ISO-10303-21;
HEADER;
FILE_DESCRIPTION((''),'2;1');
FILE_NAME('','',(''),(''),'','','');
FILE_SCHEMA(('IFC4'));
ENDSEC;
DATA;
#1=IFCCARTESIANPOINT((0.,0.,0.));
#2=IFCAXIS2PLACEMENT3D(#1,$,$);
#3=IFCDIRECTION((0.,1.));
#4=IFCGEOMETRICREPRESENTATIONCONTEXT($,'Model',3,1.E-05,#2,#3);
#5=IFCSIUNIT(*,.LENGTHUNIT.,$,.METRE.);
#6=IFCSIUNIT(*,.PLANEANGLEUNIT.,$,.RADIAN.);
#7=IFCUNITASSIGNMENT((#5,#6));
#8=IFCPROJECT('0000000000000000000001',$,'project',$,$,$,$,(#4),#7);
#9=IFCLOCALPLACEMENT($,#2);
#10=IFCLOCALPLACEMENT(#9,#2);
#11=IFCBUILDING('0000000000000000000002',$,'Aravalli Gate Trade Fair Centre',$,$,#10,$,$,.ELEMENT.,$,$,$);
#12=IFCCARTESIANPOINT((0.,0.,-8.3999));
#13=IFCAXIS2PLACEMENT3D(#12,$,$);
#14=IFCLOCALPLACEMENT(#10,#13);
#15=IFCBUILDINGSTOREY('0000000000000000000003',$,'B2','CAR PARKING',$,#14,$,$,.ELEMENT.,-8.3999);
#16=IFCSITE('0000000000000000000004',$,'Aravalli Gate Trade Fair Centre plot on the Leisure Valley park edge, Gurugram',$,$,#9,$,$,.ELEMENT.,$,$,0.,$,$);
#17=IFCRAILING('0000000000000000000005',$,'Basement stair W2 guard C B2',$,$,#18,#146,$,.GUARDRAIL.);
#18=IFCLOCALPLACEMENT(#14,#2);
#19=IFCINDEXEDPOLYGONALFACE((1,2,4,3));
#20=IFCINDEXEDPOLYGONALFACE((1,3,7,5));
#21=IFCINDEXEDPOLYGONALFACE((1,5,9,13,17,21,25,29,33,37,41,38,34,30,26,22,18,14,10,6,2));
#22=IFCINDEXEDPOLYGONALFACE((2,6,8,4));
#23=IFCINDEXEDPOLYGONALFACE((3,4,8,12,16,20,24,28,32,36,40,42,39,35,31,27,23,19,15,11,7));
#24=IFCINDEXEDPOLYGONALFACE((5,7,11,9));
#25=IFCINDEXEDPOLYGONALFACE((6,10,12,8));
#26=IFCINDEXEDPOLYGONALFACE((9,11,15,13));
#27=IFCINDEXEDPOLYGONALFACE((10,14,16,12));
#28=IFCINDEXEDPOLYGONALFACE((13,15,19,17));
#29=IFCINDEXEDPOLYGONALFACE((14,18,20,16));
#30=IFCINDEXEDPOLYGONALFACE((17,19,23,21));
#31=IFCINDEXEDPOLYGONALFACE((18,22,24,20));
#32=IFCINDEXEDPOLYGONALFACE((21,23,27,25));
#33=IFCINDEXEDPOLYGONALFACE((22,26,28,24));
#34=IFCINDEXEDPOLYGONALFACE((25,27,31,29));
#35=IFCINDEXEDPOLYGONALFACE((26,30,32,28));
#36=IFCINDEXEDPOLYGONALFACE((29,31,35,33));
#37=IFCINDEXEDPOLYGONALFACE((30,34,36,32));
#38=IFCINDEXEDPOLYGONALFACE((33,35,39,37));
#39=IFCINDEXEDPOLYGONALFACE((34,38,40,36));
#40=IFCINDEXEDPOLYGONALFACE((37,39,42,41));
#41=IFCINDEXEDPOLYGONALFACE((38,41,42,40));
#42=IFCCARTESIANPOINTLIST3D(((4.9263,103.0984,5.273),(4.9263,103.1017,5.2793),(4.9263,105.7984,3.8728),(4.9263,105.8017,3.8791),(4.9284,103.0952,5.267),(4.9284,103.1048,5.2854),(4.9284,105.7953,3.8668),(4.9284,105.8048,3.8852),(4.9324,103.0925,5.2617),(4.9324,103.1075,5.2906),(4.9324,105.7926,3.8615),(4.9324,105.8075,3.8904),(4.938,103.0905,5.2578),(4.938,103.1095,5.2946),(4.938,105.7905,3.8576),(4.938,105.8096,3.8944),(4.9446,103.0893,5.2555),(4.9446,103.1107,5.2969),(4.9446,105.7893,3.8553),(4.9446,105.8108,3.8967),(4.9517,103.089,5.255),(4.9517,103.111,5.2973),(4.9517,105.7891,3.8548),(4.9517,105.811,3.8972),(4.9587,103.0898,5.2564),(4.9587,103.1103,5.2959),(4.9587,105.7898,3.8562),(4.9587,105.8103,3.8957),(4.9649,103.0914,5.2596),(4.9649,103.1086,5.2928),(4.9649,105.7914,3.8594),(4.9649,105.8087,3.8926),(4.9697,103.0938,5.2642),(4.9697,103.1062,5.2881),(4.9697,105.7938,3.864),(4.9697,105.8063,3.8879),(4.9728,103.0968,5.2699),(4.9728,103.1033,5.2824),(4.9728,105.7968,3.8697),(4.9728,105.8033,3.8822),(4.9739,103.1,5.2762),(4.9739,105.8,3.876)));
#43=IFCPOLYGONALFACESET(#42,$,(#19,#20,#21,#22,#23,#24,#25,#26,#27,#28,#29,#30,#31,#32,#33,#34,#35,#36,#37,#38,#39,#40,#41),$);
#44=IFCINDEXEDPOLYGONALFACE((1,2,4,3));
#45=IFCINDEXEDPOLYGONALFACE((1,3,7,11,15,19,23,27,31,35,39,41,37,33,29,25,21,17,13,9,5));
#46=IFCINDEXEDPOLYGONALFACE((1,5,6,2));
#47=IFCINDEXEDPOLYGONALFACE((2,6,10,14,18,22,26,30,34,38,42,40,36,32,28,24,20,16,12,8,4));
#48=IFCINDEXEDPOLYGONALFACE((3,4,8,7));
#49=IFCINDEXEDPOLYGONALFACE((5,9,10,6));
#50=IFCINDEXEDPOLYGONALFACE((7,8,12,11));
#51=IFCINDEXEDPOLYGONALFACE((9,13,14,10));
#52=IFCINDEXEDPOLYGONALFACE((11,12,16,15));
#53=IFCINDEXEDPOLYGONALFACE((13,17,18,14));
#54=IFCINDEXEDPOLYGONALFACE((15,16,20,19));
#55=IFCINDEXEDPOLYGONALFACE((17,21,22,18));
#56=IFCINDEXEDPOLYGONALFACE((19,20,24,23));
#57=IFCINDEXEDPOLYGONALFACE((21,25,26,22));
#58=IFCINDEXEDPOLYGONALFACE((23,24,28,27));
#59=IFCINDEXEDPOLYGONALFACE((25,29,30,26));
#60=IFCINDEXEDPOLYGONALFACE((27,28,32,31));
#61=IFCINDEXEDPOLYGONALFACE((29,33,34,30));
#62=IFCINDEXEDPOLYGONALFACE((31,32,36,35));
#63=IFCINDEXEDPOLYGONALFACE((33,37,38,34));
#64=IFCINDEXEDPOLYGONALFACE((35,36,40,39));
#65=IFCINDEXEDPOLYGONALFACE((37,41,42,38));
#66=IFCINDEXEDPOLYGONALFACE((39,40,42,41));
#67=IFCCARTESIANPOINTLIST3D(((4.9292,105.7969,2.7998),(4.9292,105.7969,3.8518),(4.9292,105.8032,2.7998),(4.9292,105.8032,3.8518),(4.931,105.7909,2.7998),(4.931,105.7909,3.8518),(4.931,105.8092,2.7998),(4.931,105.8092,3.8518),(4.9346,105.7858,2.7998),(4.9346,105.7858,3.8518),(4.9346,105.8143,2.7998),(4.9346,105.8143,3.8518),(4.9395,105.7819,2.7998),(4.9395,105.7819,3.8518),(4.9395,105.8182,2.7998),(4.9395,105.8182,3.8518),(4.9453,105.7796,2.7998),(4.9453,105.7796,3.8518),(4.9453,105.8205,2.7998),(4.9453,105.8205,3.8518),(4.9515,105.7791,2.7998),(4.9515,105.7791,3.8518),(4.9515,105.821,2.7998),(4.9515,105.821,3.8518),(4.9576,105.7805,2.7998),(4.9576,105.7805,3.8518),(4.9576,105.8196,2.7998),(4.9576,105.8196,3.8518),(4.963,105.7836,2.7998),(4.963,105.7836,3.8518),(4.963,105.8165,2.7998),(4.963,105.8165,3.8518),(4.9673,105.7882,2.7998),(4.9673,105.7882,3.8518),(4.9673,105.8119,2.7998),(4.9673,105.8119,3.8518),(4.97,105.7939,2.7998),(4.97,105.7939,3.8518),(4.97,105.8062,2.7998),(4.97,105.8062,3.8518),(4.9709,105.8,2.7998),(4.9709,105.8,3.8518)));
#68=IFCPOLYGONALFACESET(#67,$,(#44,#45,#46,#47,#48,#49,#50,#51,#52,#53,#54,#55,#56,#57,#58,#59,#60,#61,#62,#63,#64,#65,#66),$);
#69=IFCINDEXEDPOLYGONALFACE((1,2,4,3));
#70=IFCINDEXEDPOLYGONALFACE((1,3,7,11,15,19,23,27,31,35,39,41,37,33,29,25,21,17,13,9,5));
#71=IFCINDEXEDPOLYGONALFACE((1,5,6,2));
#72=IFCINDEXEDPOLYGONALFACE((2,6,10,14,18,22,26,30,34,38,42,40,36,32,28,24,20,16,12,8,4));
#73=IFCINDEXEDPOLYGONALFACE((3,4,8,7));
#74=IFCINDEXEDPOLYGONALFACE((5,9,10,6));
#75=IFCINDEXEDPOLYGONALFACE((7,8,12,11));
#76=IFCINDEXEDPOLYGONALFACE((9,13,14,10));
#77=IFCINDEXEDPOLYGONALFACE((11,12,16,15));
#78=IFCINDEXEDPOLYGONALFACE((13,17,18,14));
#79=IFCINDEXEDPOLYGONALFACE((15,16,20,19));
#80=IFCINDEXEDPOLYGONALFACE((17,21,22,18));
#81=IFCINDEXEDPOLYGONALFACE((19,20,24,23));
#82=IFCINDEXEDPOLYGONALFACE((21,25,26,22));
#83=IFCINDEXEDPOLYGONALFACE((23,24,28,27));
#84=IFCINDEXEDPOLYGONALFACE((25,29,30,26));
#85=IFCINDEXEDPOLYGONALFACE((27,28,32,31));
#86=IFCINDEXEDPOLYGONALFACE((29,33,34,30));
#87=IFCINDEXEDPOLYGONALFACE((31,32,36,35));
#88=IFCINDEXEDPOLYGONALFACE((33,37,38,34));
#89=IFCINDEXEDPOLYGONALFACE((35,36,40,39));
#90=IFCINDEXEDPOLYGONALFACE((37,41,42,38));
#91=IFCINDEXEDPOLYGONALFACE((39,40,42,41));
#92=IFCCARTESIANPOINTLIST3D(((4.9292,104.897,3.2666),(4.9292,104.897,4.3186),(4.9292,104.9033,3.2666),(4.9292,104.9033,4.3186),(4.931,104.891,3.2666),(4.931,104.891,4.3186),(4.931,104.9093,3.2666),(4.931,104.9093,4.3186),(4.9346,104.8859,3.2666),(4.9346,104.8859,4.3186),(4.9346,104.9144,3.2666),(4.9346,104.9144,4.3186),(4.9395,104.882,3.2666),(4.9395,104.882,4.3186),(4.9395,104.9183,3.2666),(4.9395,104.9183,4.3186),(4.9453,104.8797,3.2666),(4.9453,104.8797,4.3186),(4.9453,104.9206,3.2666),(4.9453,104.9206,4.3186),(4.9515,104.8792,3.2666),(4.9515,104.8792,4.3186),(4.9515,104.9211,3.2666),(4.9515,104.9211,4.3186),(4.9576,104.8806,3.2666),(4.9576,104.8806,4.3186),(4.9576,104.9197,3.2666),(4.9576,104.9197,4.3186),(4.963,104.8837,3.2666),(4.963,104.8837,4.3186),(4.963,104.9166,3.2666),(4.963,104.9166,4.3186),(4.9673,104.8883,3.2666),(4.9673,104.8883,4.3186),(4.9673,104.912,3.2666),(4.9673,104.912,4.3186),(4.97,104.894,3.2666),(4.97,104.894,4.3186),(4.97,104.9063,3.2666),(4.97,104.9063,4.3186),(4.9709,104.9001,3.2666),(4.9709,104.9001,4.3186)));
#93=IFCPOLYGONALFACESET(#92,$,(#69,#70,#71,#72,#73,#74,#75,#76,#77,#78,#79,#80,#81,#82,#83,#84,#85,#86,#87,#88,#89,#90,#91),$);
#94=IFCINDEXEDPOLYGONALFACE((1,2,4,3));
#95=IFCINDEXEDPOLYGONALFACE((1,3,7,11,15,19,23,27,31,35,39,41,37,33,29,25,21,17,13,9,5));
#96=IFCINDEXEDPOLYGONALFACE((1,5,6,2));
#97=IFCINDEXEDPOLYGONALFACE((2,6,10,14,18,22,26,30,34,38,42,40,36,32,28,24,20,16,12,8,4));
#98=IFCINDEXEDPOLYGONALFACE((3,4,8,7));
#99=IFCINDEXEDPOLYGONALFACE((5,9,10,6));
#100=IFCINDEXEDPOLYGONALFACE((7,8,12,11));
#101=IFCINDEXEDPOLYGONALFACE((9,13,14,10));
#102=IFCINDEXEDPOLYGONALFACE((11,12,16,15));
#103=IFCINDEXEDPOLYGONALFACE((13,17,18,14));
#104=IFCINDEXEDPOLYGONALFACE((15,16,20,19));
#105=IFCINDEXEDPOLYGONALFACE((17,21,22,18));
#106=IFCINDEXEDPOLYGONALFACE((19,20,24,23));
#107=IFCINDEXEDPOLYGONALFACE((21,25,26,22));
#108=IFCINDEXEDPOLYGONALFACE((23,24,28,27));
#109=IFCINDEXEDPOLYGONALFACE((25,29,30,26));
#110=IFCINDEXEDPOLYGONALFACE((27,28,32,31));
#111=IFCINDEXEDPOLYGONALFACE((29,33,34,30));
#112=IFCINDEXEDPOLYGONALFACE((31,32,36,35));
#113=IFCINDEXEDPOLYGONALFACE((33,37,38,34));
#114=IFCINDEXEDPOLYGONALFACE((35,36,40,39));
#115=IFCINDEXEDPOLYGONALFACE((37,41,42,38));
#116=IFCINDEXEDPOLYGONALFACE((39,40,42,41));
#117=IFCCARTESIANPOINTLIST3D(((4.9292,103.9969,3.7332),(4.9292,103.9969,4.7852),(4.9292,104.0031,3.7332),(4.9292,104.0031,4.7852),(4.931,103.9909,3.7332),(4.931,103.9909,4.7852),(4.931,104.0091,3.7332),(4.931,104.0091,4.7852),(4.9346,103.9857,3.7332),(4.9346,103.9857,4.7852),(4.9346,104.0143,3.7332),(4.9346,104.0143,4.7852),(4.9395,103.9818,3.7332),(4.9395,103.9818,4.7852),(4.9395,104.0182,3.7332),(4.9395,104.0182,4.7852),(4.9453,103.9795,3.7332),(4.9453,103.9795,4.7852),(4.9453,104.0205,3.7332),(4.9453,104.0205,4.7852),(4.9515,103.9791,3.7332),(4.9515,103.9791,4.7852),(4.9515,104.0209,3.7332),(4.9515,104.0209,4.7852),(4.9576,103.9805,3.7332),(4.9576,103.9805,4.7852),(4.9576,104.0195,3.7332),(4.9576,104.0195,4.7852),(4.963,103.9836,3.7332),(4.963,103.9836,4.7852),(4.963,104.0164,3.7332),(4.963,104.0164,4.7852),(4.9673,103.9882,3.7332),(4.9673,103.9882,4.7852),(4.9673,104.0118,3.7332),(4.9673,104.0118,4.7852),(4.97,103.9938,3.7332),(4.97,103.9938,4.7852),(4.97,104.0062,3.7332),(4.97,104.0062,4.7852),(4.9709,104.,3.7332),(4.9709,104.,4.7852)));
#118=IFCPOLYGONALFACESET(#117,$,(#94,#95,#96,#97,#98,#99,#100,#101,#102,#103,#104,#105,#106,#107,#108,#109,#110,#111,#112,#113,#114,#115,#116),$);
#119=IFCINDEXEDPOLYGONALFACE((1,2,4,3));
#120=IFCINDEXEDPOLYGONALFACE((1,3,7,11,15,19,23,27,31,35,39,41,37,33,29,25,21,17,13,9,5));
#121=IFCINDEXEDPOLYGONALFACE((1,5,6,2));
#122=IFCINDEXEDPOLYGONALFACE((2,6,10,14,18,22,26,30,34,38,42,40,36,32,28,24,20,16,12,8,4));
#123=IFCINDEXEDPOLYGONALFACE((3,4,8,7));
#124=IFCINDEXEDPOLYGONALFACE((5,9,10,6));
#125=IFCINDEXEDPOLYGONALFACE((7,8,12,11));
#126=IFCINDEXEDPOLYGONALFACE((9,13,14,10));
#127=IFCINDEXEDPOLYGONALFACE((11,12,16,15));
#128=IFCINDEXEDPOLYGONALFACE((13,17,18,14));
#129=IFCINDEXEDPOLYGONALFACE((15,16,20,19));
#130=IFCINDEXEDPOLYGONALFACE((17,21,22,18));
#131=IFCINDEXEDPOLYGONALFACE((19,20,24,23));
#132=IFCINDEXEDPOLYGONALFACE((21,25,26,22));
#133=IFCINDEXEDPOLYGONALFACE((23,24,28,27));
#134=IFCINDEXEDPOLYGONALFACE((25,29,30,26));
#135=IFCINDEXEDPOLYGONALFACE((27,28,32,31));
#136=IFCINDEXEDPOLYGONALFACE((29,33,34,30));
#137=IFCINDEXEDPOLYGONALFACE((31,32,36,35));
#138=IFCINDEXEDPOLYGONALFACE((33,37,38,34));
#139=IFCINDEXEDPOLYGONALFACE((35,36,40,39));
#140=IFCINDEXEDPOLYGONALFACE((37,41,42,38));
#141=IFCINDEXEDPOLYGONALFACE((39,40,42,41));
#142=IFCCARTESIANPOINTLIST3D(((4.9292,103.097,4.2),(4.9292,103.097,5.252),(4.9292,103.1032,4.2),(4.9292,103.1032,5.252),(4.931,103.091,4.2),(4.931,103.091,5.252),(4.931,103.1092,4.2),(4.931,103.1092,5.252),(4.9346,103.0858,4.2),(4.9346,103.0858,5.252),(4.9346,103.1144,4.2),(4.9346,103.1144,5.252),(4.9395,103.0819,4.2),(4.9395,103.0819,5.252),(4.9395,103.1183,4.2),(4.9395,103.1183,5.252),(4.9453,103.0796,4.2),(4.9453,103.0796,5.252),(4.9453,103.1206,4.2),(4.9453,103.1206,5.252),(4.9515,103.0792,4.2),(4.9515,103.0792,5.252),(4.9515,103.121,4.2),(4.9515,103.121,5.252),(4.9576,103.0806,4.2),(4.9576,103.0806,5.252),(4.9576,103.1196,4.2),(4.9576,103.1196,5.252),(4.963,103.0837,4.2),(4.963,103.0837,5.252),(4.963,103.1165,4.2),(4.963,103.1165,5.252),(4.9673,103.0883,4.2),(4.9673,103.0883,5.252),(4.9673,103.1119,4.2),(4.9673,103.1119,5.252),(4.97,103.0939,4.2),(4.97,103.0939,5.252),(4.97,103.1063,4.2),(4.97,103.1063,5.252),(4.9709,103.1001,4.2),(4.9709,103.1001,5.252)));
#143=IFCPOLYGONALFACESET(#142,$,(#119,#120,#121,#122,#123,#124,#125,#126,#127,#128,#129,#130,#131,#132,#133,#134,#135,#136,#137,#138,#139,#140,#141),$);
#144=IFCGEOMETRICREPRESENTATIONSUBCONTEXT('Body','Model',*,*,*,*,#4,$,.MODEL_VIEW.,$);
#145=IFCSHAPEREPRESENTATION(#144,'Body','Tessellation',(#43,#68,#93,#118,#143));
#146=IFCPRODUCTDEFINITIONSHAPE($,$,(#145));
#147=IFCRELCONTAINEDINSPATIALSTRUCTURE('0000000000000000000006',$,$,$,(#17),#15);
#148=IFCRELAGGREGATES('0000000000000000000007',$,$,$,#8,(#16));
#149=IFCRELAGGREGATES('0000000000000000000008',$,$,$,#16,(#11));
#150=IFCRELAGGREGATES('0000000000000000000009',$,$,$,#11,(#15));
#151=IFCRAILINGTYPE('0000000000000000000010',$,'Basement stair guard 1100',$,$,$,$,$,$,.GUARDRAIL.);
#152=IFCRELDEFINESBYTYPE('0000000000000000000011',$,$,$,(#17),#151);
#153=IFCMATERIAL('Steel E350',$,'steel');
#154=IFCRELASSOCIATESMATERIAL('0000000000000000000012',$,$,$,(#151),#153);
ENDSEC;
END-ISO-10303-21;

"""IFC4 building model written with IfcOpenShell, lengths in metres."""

from ifc_helpers import new_model, si_unit, direction, frame, origin, origin_2d, place, context, subcontext, project, spatial, circle, extrude, material, type_object, element, save


model = new_model("IFC4")

# Units and contexts
model_context = context("Model", 3, precision=1e-05, world=origin(), true_north=direction((0.0, 1.0)))
body_context = subcontext(model_context, "Body", "Model", "MODEL_VIEW")
ifc_project = project(units=[si_unit("LENGTHUNIT", "METRE"), si_unit("PLANEANGLEUNIT", "RADIAN")], contexts=[model_context])

# Site, building, storey
site_placement = place(None, origin())
site = spatial("IfcSite", under=ifc_project, at=site_placement, Name="Aravalli Gate Trade Fair Centre plot on the Leisure Valley park edge, Gurugram", CompositionType="ELEMENT", RefElevation=0.0)
building_placement = place(site_placement, origin())
building = spatial("IfcBuilding", under=site, at=building_placement, Name="Aravalli Gate Trade Fair Centre", CompositionType="ELEMENT")
storey_placement = place(building_placement, frame((0.0, 0.0, -8.3999)))
storey = spatial("IfcBuildingStorey", under=building, at=storey_placement, Name="B2", Description="CAR PARKING", CompositionType="ELEMENT", Elevation=-8.3999)

# Railing
ifc_material_1 = material(Name="Steel E350", Category="steel")
railing_type_1 = type_object("IfcRailingType", Name="Basement stair guard 1100", PredefinedType="GUARDRAIL", material=ifc_material_1)
railing_1_placement = place(storey_placement, frame((4.95, 105.8, 2.7998)))
element("IfcRailing", 1, at=railing_1_placement, inside=storey, type_object=railing_type_1, Name="Basement stair W2 guard C B2", PredefinedType="GUARDRAIL", context=body_context, shape_type="SweptSolid", body=[
    extrude(circle(Radius=0.0239, at=origin_2d()), frame((0.0, 0.0, 1.0762), z_axis=(0.0, -0.887731, 0.460362), x_axis=(1.0, 0.0, 0.0)), (0.0, 0.0, 1.0), 3.0415),
    extrude(circle(Radius=0.021, at=origin_2d()), origin(), (0.0, 0.0, 1.0), 1.052),
    extrude(circle(Radius=0.021, at=origin_2d()), frame((0.0, -0.8999, 0.4668)), (0.0, 0.0, 1.0), 1.052),
    extrude(circle(Radius=0.021, at=origin_2d()), frame((0.0, -1.8, 0.9333)), (0.0, 0.0, 1.0), 1.052),
    extrude(circle(Radius=0.021, at=origin_2d()), frame((0.0, -2.7, 1.4001)), (0.0, 0.0, 1.0), 1.052),
])

save(model, "model.ifc")
